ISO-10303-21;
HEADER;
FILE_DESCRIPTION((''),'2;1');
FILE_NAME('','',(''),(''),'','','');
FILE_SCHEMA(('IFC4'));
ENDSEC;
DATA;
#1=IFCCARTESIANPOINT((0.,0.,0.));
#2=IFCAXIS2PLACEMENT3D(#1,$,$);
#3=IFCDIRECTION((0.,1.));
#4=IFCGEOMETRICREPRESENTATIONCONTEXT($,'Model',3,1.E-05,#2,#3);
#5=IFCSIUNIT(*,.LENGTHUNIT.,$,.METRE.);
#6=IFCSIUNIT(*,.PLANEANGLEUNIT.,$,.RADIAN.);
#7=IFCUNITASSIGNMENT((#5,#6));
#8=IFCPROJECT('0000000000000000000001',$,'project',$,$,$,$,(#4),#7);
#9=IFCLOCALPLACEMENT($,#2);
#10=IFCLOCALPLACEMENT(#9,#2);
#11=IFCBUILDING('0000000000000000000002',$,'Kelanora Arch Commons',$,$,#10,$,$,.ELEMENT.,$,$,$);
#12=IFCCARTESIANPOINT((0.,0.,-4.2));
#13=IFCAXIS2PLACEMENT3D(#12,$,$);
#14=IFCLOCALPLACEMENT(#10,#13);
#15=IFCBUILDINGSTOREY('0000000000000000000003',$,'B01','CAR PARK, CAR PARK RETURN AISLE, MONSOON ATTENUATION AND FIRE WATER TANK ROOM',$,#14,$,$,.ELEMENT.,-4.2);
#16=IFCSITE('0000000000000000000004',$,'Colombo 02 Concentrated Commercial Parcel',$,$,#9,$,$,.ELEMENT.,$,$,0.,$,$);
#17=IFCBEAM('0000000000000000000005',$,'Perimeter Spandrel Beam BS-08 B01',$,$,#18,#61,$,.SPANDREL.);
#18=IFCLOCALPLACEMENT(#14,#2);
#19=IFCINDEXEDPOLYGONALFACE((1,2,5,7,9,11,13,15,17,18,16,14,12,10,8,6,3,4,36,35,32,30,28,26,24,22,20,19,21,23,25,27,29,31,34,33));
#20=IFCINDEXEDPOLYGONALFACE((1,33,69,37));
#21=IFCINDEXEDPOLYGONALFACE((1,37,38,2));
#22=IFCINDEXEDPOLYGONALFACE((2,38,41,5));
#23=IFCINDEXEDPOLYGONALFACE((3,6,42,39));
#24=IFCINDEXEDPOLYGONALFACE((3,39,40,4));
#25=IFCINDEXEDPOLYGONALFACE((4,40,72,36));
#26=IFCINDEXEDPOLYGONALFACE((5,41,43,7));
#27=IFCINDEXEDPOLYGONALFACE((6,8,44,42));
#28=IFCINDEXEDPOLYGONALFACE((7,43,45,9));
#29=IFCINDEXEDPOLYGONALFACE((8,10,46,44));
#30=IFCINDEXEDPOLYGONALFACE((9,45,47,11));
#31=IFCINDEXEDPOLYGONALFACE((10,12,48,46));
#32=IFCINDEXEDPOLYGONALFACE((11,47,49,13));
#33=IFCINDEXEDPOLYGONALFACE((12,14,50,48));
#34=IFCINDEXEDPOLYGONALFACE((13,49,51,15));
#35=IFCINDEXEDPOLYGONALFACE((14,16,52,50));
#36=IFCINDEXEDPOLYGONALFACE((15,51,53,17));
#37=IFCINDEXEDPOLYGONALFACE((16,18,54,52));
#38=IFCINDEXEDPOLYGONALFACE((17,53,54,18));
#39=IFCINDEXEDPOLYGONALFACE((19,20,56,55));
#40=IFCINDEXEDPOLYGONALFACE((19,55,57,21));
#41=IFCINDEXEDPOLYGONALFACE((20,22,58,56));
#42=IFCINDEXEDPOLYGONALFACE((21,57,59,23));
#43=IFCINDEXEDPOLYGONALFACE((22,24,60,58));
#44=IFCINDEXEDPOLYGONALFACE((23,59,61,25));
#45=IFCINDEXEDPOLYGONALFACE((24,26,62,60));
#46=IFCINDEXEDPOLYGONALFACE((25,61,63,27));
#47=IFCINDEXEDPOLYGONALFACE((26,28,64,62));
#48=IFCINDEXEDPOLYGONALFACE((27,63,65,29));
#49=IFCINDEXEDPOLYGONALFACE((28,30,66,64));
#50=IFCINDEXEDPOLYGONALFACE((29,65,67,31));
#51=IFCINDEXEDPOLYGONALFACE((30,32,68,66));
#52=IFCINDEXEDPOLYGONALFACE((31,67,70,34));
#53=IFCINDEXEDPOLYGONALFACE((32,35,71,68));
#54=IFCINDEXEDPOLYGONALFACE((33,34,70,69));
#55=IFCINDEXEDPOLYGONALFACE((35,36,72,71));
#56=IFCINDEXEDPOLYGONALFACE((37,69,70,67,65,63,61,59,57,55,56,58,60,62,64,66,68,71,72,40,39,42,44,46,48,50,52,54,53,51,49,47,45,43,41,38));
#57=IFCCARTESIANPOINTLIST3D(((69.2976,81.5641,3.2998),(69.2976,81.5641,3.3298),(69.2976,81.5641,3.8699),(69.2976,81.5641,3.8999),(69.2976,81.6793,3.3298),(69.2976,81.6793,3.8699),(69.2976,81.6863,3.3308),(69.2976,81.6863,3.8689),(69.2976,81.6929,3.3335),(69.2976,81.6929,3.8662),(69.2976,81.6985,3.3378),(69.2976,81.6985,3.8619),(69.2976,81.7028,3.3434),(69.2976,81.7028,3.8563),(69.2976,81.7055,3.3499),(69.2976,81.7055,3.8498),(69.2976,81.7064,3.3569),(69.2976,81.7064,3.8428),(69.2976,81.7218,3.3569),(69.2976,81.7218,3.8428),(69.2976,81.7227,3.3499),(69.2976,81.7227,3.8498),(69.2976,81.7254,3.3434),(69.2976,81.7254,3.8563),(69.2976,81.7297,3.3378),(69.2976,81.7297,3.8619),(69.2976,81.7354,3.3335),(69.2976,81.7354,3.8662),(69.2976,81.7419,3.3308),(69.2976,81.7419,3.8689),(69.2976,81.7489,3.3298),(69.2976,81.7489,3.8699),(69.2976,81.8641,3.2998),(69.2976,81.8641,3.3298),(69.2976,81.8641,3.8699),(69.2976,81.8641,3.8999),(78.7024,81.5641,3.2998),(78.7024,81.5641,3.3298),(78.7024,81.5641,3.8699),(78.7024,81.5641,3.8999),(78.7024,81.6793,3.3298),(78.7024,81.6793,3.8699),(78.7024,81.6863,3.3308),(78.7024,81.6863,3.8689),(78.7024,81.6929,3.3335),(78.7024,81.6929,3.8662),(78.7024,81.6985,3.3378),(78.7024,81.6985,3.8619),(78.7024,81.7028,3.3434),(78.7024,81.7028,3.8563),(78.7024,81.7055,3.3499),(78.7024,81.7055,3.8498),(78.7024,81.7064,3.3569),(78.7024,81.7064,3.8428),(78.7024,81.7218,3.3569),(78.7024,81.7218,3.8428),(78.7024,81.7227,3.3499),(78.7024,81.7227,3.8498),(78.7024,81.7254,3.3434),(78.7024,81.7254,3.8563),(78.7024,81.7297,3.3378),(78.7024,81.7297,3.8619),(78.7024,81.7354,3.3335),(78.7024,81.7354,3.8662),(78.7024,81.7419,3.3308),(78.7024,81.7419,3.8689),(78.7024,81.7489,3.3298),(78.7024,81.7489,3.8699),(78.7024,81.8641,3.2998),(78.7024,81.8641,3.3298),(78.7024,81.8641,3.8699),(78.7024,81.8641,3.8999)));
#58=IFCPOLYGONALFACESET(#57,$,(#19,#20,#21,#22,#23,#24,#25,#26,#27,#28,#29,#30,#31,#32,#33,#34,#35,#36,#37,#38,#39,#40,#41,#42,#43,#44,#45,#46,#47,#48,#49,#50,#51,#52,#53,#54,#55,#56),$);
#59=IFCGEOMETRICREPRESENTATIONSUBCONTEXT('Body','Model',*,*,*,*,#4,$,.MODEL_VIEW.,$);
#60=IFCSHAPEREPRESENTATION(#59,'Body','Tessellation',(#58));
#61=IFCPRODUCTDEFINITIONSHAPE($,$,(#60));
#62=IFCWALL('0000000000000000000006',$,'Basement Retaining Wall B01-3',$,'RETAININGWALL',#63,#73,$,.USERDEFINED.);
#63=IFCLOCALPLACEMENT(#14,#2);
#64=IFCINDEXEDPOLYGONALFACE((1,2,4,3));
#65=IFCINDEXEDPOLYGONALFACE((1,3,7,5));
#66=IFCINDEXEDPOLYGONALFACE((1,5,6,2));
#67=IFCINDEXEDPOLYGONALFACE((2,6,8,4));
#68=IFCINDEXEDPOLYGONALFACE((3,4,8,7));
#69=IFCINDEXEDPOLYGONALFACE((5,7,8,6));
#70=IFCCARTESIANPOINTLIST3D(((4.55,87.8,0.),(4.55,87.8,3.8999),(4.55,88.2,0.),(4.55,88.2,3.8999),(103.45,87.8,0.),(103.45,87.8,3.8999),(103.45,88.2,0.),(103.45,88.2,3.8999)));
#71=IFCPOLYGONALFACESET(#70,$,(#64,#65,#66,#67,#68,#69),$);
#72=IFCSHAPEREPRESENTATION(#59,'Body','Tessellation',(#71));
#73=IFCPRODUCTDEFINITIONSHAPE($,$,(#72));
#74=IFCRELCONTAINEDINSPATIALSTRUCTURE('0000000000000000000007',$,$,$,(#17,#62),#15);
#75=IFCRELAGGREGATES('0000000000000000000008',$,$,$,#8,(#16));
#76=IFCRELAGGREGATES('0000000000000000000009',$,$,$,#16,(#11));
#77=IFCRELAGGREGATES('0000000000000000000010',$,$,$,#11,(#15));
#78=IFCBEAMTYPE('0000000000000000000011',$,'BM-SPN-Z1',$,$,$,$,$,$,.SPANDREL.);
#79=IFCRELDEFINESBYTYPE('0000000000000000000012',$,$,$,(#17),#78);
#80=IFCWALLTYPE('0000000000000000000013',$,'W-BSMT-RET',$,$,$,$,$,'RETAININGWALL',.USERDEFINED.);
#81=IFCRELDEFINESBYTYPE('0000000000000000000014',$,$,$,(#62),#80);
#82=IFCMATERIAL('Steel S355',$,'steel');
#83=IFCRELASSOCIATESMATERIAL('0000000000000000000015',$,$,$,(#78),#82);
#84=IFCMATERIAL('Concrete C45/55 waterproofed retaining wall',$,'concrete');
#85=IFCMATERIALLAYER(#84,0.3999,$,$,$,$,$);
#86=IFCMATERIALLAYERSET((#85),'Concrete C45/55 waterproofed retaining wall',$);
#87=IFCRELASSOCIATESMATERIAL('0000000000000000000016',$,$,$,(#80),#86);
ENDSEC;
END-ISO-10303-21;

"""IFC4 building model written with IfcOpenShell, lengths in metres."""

from ifc_helpers import new_model, si_unit, direction, frame, frame_2d, origin, origin_2d, place, context, subcontext, project, spatial, rectangle, i_section, extrude, material, layer, layer_set, material_profile, profile_set, type_object, element, save


model = new_model("IFC4")

# Units and contexts
model_context = context("Model", 3, precision=1e-05, world=origin(), true_north=direction((0.0, 1.0)))
body_context = subcontext(model_context, "Body", "Model", "MODEL_VIEW")
ifc_project = project(units=[si_unit("LENGTHUNIT", "METRE"), si_unit("PLANEANGLEUNIT", "RADIAN")], contexts=[model_context])

# Site, building, storey
site_placement = place(None, origin())
site = spatial("IfcSite", under=ifc_project, at=site_placement, Name="Colombo 02 Concentrated Commercial Parcel", CompositionType="ELEMENT", RefElevation=0.0)
building_placement = place(site_placement, origin())
building = spatial("IfcBuilding", under=site, at=building_placement, Name="Kelanora Arch Commons", CompositionType="ELEMENT")
storey_placement = place(building_placement, frame((0.0, 0.0, -4.2)))
storey = spatial("IfcBuildingStorey", under=building, at=storey_placement, Name="B01", Description="CAR PARK, CAR PARK RETURN AISLE, MONSOON ATTENUATION AND FIRE WATER TANK ROOM", CompositionType="ELEMENT", Elevation=-4.2)

# Shared definitions
ifc_material_1 = material(Name="Steel S355", Category="steel")

# Beam
ifc_material_profile_1 = material_profile(ifc_material_1, i_section(OverallWidth=0.3, OverallDepth=0.6001, WebThickness=0.0154, FlangeThickness=0.03, FilletRadius=0.0271, at=origin_2d()), Name="HEB600")
ifc_profile_set_1 = profile_set([ifc_material_profile_1], Name="Steel S355")
beam_type_1 = type_object("IfcBeamType", Name="BM-SPN-Z1", PredefinedType="SPANDREL", material=ifc_profile_set_1)
beam_1_placement = place(storey_placement, frame((78.7024, 81.7141, 3.5999), z_axis=(-1.0, 0.0, 0.0), x_axis=(0.0, -1.0, 0.0)))
element("IfcBeam", 1, at=beam_1_placement, inside=storey, type_object=beam_type_1, Name="Perimeter Spandrel Beam BS-08 B01", PredefinedType="SPANDREL", context=body_context, shape_type="SweptSolid", body=[
    extrude(i_section(OverallWidth=0.3, OverallDepth=0.6001, WebThickness=0.0154, FlangeThickness=0.03, FilletRadius=0.0271, at=origin_2d()), origin(), (0.0, 0.0, 1.0), 9.4048),
])

# Wall
ifc_material_2 = material(Name="Concrete C45/55 waterproofed retaining wall", Category="concrete")
ifc_layer = layer(ifc_material_2, 0.3999)
ifc_layer_set = layer_set([ifc_layer], Name="Concrete C45/55 waterproofed retaining wall")
wall_type = type_object("IfcWallType", Name="W-BSMT-RET", ElementType="RETAININGWALL", PredefinedType="USERDEFINED", material=ifc_layer_set)
wall_placement = place(storey_placement, frame((103.45, 88.0, 0.0), z_axis=(0.0, 0.0, 1.0), x_axis=(-1.0, 0.0, 0.0)))
element("IfcWall", 2, at=wall_placement, inside=storey, type_object=wall_type, Name="Basement Retaining Wall B01-3", ObjectType="RETAININGWALL", PredefinedType="USERDEFINED", context=body_context, shape_type="SweptSolid", body=[
    extrude(rectangle(XDim=98.8999, YDim=0.3999, at=frame_2d((49.45, 0.0))), origin(), (0.0, 0.0, 1.0), 3.8999),
])

save(model, "model.ifc")
